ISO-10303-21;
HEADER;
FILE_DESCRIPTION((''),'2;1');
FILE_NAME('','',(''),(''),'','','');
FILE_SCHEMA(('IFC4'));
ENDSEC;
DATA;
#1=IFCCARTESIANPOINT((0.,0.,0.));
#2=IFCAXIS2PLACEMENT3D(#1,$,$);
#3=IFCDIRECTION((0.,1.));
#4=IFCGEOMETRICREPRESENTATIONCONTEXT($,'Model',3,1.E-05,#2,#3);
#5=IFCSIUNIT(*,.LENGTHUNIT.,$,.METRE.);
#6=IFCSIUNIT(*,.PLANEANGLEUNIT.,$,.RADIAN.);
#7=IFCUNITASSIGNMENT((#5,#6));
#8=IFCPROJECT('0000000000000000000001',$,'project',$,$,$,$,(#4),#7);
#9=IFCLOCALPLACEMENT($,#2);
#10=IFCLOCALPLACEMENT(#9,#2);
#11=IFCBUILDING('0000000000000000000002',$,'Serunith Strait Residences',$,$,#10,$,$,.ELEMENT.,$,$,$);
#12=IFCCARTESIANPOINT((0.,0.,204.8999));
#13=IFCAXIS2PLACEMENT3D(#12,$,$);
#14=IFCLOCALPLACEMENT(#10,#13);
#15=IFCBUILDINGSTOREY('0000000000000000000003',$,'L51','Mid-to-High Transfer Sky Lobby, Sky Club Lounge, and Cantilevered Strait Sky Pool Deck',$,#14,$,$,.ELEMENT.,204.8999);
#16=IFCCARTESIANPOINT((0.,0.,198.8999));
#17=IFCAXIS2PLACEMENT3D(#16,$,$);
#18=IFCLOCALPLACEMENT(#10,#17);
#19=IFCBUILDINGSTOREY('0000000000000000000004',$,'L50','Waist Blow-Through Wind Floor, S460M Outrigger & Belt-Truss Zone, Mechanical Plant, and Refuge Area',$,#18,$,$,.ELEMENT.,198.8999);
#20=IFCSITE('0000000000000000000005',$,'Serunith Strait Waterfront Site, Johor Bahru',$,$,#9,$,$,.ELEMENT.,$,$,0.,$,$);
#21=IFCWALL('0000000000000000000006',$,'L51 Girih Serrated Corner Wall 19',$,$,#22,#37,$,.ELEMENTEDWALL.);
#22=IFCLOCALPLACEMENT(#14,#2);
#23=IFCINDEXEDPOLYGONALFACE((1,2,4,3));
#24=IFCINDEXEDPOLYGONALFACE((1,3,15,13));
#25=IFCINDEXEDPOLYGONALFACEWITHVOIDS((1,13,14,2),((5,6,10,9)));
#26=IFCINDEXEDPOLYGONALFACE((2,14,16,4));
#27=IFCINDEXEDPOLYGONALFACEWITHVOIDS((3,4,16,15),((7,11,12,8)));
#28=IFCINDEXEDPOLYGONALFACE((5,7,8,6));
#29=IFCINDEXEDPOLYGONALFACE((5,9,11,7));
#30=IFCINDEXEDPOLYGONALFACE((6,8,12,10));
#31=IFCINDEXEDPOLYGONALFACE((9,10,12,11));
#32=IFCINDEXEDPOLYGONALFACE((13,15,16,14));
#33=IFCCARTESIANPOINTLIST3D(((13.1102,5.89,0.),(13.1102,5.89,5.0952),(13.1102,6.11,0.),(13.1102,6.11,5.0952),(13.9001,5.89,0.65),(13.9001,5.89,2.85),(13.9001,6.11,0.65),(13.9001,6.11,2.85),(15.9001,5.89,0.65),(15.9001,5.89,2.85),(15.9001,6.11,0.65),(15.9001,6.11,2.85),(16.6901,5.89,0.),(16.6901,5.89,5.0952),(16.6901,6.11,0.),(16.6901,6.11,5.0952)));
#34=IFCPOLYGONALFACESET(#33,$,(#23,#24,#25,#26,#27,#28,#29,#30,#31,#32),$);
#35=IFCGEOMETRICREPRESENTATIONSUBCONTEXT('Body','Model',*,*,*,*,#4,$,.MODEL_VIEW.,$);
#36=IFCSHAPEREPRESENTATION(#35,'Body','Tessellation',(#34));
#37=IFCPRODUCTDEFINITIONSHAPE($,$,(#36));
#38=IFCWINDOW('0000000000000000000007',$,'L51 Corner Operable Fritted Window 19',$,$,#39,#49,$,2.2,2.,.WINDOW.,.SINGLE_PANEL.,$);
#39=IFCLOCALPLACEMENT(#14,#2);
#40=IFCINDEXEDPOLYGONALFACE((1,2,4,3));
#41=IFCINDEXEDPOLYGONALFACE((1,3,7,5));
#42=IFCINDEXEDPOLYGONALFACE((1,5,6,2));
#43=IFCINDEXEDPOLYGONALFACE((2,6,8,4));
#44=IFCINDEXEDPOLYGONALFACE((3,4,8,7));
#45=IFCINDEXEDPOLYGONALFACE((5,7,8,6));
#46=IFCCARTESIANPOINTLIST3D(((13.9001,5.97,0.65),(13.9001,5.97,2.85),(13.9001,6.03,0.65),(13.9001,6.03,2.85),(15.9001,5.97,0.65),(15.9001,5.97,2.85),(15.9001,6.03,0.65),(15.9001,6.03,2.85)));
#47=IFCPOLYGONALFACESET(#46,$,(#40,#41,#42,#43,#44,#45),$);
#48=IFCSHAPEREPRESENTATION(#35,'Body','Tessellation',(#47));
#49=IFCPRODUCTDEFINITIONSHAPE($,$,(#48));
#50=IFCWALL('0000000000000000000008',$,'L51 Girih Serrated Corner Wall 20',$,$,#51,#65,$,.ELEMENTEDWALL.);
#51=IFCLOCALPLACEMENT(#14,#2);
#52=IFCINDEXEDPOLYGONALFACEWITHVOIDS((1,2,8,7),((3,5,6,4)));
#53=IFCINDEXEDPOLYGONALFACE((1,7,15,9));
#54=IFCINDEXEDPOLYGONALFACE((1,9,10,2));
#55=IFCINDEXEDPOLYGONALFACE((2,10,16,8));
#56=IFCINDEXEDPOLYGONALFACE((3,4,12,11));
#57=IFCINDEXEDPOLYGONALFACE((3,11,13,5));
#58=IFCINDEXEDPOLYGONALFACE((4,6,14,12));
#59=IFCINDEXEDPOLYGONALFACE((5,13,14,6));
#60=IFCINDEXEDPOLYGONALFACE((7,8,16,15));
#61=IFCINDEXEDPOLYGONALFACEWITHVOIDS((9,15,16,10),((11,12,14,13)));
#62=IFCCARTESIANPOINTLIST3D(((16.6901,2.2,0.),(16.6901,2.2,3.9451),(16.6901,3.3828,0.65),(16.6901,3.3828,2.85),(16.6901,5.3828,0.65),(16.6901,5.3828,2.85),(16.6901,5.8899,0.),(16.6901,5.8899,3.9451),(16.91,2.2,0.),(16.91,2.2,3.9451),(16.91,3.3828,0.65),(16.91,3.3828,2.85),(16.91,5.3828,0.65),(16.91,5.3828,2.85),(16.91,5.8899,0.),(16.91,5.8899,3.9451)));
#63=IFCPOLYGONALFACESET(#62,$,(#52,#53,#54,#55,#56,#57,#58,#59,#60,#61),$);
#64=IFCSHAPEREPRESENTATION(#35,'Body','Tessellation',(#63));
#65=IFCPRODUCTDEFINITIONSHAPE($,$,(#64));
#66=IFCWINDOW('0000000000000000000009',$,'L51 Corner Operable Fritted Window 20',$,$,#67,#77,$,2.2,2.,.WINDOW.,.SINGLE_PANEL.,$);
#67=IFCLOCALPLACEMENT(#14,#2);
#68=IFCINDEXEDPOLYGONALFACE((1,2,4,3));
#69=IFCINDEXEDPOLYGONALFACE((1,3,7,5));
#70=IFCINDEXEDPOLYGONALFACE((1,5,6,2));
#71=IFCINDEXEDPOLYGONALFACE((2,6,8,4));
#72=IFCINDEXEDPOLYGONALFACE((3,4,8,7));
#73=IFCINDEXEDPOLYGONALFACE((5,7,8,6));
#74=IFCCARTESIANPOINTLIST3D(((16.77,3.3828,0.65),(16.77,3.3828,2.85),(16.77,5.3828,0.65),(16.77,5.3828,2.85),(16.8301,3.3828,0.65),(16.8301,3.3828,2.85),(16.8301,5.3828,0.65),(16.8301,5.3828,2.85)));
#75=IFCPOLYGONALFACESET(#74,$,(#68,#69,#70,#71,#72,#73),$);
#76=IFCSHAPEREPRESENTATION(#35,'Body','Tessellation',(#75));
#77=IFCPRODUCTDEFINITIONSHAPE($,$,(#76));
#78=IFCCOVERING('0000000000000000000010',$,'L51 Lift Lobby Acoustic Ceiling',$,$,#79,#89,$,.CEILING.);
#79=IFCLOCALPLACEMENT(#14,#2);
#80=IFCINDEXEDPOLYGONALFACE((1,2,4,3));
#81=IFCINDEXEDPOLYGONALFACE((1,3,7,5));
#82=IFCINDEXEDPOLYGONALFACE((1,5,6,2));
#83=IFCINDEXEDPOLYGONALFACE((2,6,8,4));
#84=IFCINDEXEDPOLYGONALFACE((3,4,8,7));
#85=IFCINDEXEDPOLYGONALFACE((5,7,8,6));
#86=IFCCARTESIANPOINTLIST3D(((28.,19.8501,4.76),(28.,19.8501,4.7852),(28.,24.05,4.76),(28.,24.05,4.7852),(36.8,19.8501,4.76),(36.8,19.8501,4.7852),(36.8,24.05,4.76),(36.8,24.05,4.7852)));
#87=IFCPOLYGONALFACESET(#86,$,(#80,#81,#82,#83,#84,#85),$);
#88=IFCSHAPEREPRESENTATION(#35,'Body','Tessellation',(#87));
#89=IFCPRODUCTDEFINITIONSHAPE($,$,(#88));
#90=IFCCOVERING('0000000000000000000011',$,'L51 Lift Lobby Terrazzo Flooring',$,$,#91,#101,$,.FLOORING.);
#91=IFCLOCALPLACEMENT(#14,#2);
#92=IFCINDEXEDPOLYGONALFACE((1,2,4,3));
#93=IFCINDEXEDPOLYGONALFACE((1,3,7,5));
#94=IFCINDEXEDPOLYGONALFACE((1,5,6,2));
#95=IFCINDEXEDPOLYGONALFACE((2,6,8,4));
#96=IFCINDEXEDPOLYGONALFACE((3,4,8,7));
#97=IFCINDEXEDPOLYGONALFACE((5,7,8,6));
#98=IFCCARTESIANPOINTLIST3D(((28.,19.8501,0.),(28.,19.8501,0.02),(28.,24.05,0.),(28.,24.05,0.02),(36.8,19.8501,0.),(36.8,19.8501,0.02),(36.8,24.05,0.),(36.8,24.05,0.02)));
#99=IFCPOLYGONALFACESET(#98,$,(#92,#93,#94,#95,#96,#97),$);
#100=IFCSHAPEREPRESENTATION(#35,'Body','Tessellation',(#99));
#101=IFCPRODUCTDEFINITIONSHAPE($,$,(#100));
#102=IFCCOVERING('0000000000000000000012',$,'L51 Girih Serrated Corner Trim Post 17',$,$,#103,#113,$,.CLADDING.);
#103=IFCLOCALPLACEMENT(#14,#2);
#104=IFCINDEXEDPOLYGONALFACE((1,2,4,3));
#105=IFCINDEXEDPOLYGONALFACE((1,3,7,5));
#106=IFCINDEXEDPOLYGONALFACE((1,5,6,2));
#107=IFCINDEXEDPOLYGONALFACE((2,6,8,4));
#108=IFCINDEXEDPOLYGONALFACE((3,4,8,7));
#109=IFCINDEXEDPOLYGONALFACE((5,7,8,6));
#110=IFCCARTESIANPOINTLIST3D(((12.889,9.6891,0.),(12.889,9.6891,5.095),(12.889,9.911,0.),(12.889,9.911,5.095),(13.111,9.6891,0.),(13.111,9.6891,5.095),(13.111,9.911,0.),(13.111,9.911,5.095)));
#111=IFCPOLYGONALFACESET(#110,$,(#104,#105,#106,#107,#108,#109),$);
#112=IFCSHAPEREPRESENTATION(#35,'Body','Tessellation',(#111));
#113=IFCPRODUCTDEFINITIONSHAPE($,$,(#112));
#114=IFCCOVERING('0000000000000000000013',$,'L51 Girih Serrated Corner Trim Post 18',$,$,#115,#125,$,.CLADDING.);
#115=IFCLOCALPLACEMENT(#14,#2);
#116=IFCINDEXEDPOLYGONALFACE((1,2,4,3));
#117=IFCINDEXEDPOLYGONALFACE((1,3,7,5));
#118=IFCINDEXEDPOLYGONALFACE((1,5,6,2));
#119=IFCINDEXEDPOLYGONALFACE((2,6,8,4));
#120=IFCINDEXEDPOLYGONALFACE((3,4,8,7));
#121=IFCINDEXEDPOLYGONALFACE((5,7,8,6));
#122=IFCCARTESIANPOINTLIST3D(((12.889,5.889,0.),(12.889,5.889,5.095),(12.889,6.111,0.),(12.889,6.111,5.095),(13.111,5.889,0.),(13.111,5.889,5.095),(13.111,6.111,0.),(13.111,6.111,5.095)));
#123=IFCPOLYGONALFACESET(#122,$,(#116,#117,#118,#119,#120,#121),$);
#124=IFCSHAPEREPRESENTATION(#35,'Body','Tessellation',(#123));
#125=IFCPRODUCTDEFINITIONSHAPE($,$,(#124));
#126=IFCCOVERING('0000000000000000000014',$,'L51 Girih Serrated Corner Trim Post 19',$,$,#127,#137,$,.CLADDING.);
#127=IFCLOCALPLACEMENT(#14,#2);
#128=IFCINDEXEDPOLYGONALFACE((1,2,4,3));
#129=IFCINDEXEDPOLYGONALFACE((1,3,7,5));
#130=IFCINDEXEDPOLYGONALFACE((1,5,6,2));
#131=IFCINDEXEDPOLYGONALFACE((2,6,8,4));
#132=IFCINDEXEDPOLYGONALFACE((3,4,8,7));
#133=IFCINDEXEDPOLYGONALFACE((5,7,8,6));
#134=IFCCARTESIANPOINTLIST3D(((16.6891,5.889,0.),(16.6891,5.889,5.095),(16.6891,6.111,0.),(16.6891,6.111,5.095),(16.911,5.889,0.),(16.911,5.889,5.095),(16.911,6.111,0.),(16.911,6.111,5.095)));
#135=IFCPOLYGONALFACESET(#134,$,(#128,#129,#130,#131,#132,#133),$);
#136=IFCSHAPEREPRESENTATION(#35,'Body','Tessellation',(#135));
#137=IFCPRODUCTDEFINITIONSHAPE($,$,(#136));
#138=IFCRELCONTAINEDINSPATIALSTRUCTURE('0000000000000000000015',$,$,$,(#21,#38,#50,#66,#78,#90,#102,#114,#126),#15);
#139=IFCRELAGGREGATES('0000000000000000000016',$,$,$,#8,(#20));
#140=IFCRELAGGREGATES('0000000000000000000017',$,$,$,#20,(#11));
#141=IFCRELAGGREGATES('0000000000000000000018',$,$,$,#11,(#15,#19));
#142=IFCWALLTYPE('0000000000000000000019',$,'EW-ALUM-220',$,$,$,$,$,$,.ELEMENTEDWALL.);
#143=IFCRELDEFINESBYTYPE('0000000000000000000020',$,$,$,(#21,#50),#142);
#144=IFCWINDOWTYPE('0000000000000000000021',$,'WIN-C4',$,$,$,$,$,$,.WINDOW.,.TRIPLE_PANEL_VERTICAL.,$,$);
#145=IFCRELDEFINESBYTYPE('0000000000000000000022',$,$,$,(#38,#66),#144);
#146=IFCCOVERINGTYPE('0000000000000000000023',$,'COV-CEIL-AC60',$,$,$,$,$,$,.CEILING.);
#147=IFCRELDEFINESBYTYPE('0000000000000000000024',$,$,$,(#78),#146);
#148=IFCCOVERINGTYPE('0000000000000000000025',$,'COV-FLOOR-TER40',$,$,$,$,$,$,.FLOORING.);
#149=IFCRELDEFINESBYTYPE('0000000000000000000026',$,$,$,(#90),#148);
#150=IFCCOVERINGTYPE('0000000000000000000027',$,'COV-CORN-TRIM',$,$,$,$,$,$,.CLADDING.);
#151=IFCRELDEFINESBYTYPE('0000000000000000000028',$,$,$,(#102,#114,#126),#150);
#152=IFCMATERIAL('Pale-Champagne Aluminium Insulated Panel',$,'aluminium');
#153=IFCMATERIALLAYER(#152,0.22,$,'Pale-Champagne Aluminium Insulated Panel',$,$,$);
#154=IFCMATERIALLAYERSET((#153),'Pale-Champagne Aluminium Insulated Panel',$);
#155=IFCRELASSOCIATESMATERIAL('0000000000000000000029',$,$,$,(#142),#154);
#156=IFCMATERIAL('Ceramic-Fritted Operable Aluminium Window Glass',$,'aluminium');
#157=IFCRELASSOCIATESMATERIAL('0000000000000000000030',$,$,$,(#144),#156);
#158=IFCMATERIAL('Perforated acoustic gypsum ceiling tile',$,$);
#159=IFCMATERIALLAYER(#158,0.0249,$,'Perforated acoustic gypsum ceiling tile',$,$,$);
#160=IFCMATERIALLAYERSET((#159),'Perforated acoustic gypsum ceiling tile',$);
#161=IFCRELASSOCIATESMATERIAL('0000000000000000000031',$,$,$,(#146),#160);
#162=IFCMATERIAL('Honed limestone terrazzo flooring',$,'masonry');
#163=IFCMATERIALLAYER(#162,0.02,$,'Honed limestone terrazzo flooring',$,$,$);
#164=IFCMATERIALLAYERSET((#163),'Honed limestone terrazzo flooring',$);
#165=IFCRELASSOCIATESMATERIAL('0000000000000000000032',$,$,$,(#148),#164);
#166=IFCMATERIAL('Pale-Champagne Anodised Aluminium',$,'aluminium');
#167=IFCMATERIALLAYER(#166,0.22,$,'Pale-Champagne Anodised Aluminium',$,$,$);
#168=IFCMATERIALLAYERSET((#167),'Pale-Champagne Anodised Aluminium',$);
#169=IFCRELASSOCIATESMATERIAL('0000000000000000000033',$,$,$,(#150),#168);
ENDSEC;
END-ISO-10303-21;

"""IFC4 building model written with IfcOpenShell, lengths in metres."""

from ifc_helpers import new_model, si_unit, direction, frame, frame_2d, origin, origin_2d, place, context, subcontext, project, spatial, polyline, rectangle, outline, extrude, source, transform, mapped, material, layer, layer_set, type_object, element, fill, save


model = new_model("IFC4")

# Units and contexts
model_context = context("Model", 3, precision=1e-05, world=origin(), true_north=direction((0.0, 1.0)))
body_context = subcontext(model_context, "Body", "Model", "MODEL_VIEW")
ifc_project = project(units=[si_unit("LENGTHUNIT", "METRE"), si_unit("PLANEANGLEUNIT", "RADIAN")], contexts=[model_context])

# Site, building, storey
site_placement = place(None, origin())
site = spatial("IfcSite", under=ifc_project, at=site_placement, Name="Serunith Strait Waterfront Site, Johor Bahru", CompositionType="ELEMENT", RefElevation=0.0)
building_placement = place(site_placement, origin())
building = spatial("IfcBuilding", under=site, at=building_placement, Name="Serunith Strait Residences", CompositionType="ELEMENT")
storey_1_placement = place(building_placement, frame((0.0, 0.0, 204.8999)))
storey_1 = spatial("IfcBuildingStorey", under=building, at=storey_1_placement, Name="L51", Description="Mid-to-High Transfer Sky Lobby, Sky Club Lounge, and Cantilevered Strait Sky Pool Deck", CompositionType="ELEMENT", Elevation=204.8999)

# Shared definitions
storey_2_placement = place(building_placement, frame((0.0, 0.0, 198.8999)))
storey_2 = spatial("IfcBuildingStorey", under=building, at=storey_2_placement, Name="L50", Description="Waist Blow-Through Wind Floor, S460M Outrigger & Belt-Truss Zone, Mechanical Plant, and Refuge Area", CompositionType="ELEMENT", Elevation=198.8999)

# Walls, openings, windows
ifc_material_1 = material(Name="Pale-Champagne Aluminium Insulated Panel", Category="aluminium")
ifc_layer_1 = layer(ifc_material_1, 0.22, Name="Pale-Champagne Aluminium Insulated Panel")
ifc_layer_set_1 = layer_set([ifc_layer_1], Name="Pale-Champagne Aluminium Insulated Panel")
wall_type = type_object("IfcWallType", Name="EW-ALUM-220", PredefinedType="ELEMENTEDWALL", material=ifc_layer_set_1)
ifc_material_2 = material(Name="Ceramic-Fritted Operable Aluminium Window Glass", Category="aluminium")
window_type = type_object("IfcWindowType", Name="WIN-C4", PartitioningType="TRIPLE_PANEL_VERTICAL", PredefinedType="WINDOW", material=ifc_material_2)
shared_shape_1 = source(origin(), body_context, "Body", "SweptSolid", [
    extrude(rectangle(XDim=2.0, YDim=2.2, at=frame_2d((1.0, 1.1001))), frame((0.0, 0.03, 0.0), z_axis=(0.0, -1.0, 0.0), x_axis=(1.0, 0.0, 0.0)), (0.0, 0.0, 1.0), 0.0601),
])
wall_1_placement = place(storey_1_placement, frame((13.1101, 6.0, 0.0), z_axis=(0.0, 0.0, 1.0), x_axis=(1.0, 0.0, 0.0)))
wall_1 = element("IfcWall", 1, at=wall_1_placement, inside=storey_1, type_object=wall_type, Name="L51 Girih Serrated Corner Wall 19", PredefinedType="ELEMENTEDWALL", context=body_context, shape_type="SweptSolid", body=[
    extrude(rectangle(XDim=3.5798, YDim=0.22, at=frame_2d((1.79, 0.0))), origin(), (0.0, 0.0, 1.0), 5.0952),
])
opening_1_placement = place(wall_1_placement, frame((0.79, 0.0, 0.6499)))
opening_1 = element("IfcOpeningElement", 2, at=opening_1_placement, cuts=wall_1, PredefinedType="OPENING", context=body_context, shape_type="SweptSolid", body=[
    extrude(rectangle(XDim=2.0, YDim=2.2, at=frame_2d((1.0, 1.1001))), frame((0.0, 0.1201, 0.0), z_axis=(0.0, -1.0, 0.0), x_axis=(1.0, 0.0, 0.0)), (0.0, 0.0, 1.0), 0.24),
])
window_1_placement = place(opening_1_placement, origin())
window_1 = element("IfcWindow", 3, at=window_1_placement, inside=storey_1, type_object=window_type, Name="L51 Corner Operable Fritted Window 19", OverallHeight=2.2, OverallWidth=2.0, PartitioningType="SINGLE_PANEL", PredefinedType="WINDOW", context=body_context, shape_type="MappedRepresentation", body=[
    mapped(shared_shape_1, transform((0.0, 0.0, 0.0), scale=1.0)),
])
fill(opening_1, window_1)
wall_2_placement = place(storey_1_placement, frame((16.8, 5.8899, 0.0), z_axis=(0.0, 0.0, 1.0), x_axis=(0.0, -1.0, 0.0)))
wall_2 = element("IfcWall", 4, at=wall_2_placement, inside=storey_1, type_object=wall_type, Name="L51 Girih Serrated Corner Wall 20", PredefinedType="ELEMENTEDWALL", context=body_context, shape_type="SweptSolid", body=[
    extrude(rectangle(XDim=3.6899, YDim=0.22, at=frame_2d((1.845, 0.0))), origin(), (0.0, 0.0, 1.0), 3.9451),
])
opening_2_placement = place(wall_2_placement, frame((0.5071, 0.0, 0.6499)))
opening_2 = element("IfcOpeningElement", 5, at=opening_2_placement, cuts=wall_2, PredefinedType="OPENING", context=body_context, shape_type="SweptSolid", body=[
    extrude(rectangle(XDim=2.0, YDim=2.2, at=frame_2d((1.0, 1.1001))), frame((0.0, 0.1201, 0.0), z_axis=(0.0, -1.0, 0.0), x_axis=(1.0, 0.0, 0.0)), (0.0, 0.0, 1.0), 0.24),
])
window_2_placement = place(opening_2_placement, origin())
window_2 = element("IfcWindow", 6, at=window_2_placement, inside=storey_1, type_object=window_type, Name="L51 Corner Operable Fritted Window 20", OverallHeight=2.2, OverallWidth=2.0, PartitioningType="SINGLE_PANEL", PredefinedType="WINDOW", context=body_context, shape_type="MappedRepresentation", body=[
    mapped(shared_shape_1, transform((0.0, 0.0, 0.0), scale=1.0)),
])
fill(opening_2, window_2)

# Coverings
ifc_material_3 = material(Name="Perforated acoustic gypsum ceiling tile")
ifc_layer_2 = layer(ifc_material_3, 0.0249, Name="Perforated acoustic gypsum ceiling tile")
ifc_layer_set_2 = layer_set([ifc_layer_2], Name="Perforated acoustic gypsum ceiling tile")
covering_type_1 = type_object("IfcCoveringType", Name="COV-CEIL-AC60", PredefinedType="CEILING", material=ifc_layer_set_2)
covering_1_placement = place(storey_1_placement, frame((0.0, 0.0, 4.76)))
element("IfcCovering", 7, at=covering_1_placement, inside=storey_1, type_object=covering_type_1, Name="L51 Lift Lobby Acoustic Ceiling", PredefinedType="CEILING", context=body_context, shape_type="SweptSolid", body=[
    extrude(outline(polyline([(28.0, 19.8501), (36.8, 19.8501), (36.8, 24.05), (28.0, 24.05), (28.0, 19.8501)])), origin(), (0.0, 0.0, 1.0), 0.0251),
])
ifc_material_4 = material(Name="Honed limestone terrazzo flooring", Category="masonry")
ifc_layer_3 = layer(ifc_material_4, 0.02, Name="Honed limestone terrazzo flooring")
ifc_layer_set_3 = layer_set([ifc_layer_3], Name="Honed limestone terrazzo flooring")
covering_type_2 = type_object("IfcCoveringType", Name="COV-FLOOR-TER40", PredefinedType="FLOORING", material=ifc_layer_set_3)
covering_2_placement = place(storey_1_placement, origin())
element("IfcCovering", 8, at=covering_2_placement, inside=storey_1, type_object=covering_type_2, Name="L51 Lift Lobby Terrazzo Flooring", PredefinedType="FLOORING", context=body_context, shape_type="SweptSolid", body=[
    extrude(outline(polyline([(28.0, 19.8501), (36.8, 19.8501), (36.8, 24.05), (28.0, 24.05), (28.0, 19.8501)])), origin(), (0.0, 0.0, 1.0), 0.02),
])
ifc_material_5 = material(Name="Pale-Champagne Anodised Aluminium", Category="aluminium")
ifc_layer_4 = layer(ifc_material_5, 0.22, Name="Pale-Champagne Anodised Aluminium")
ifc_layer_set_4 = layer_set([ifc_layer_4], Name="Pale-Champagne Anodised Aluminium")
covering_type_3 = type_object("IfcCoveringType", Name="COV-CORN-TRIM", PredefinedType="CLADDING", material=ifc_layer_set_4)
shared_shape_2 = source(origin(), body_context, "Body", "SweptSolid", [
    extrude(rectangle(XDim=0.2219, YDim=0.2219, at=origin_2d()), origin(), (0.0, 0.0, 1.0), 5.095),
])
for number, where, z_axis, x_axis, name in (
    (9, (13.0, 9.8, 0.0), (0.0, 0.0, 1.0), (1.0, 0.0, 0.0), "L51 Girih Serrated Corner Trim Post 17"),
    (10, (13.0, 6.0, 0.0), (0.0, 0.0, 1.0), (1.0, 0.0, 0.0), "L51 Girih Serrated Corner Trim Post 18"),
    (11, (16.8, 6.0, 0.0), (0.0, 0.0, 1.0), (1.0, 0.0, 0.0), "L51 Girih Serrated Corner Trim Post 19"),
):
    element("IfcCovering", number, at=place(storey_1_placement, frame(where, z_axis=z_axis, x_axis=x_axis)), inside=storey_1, type_object=covering_type_3, Name=name, PredefinedType="CLADDING", context=body_context, shape_type="MappedRepresentation", body=[
        mapped(shared_shape_2, transform((0.0, 0.0, 0.0), scale=1.0)),
    ])

save(model, "model.ifc")
